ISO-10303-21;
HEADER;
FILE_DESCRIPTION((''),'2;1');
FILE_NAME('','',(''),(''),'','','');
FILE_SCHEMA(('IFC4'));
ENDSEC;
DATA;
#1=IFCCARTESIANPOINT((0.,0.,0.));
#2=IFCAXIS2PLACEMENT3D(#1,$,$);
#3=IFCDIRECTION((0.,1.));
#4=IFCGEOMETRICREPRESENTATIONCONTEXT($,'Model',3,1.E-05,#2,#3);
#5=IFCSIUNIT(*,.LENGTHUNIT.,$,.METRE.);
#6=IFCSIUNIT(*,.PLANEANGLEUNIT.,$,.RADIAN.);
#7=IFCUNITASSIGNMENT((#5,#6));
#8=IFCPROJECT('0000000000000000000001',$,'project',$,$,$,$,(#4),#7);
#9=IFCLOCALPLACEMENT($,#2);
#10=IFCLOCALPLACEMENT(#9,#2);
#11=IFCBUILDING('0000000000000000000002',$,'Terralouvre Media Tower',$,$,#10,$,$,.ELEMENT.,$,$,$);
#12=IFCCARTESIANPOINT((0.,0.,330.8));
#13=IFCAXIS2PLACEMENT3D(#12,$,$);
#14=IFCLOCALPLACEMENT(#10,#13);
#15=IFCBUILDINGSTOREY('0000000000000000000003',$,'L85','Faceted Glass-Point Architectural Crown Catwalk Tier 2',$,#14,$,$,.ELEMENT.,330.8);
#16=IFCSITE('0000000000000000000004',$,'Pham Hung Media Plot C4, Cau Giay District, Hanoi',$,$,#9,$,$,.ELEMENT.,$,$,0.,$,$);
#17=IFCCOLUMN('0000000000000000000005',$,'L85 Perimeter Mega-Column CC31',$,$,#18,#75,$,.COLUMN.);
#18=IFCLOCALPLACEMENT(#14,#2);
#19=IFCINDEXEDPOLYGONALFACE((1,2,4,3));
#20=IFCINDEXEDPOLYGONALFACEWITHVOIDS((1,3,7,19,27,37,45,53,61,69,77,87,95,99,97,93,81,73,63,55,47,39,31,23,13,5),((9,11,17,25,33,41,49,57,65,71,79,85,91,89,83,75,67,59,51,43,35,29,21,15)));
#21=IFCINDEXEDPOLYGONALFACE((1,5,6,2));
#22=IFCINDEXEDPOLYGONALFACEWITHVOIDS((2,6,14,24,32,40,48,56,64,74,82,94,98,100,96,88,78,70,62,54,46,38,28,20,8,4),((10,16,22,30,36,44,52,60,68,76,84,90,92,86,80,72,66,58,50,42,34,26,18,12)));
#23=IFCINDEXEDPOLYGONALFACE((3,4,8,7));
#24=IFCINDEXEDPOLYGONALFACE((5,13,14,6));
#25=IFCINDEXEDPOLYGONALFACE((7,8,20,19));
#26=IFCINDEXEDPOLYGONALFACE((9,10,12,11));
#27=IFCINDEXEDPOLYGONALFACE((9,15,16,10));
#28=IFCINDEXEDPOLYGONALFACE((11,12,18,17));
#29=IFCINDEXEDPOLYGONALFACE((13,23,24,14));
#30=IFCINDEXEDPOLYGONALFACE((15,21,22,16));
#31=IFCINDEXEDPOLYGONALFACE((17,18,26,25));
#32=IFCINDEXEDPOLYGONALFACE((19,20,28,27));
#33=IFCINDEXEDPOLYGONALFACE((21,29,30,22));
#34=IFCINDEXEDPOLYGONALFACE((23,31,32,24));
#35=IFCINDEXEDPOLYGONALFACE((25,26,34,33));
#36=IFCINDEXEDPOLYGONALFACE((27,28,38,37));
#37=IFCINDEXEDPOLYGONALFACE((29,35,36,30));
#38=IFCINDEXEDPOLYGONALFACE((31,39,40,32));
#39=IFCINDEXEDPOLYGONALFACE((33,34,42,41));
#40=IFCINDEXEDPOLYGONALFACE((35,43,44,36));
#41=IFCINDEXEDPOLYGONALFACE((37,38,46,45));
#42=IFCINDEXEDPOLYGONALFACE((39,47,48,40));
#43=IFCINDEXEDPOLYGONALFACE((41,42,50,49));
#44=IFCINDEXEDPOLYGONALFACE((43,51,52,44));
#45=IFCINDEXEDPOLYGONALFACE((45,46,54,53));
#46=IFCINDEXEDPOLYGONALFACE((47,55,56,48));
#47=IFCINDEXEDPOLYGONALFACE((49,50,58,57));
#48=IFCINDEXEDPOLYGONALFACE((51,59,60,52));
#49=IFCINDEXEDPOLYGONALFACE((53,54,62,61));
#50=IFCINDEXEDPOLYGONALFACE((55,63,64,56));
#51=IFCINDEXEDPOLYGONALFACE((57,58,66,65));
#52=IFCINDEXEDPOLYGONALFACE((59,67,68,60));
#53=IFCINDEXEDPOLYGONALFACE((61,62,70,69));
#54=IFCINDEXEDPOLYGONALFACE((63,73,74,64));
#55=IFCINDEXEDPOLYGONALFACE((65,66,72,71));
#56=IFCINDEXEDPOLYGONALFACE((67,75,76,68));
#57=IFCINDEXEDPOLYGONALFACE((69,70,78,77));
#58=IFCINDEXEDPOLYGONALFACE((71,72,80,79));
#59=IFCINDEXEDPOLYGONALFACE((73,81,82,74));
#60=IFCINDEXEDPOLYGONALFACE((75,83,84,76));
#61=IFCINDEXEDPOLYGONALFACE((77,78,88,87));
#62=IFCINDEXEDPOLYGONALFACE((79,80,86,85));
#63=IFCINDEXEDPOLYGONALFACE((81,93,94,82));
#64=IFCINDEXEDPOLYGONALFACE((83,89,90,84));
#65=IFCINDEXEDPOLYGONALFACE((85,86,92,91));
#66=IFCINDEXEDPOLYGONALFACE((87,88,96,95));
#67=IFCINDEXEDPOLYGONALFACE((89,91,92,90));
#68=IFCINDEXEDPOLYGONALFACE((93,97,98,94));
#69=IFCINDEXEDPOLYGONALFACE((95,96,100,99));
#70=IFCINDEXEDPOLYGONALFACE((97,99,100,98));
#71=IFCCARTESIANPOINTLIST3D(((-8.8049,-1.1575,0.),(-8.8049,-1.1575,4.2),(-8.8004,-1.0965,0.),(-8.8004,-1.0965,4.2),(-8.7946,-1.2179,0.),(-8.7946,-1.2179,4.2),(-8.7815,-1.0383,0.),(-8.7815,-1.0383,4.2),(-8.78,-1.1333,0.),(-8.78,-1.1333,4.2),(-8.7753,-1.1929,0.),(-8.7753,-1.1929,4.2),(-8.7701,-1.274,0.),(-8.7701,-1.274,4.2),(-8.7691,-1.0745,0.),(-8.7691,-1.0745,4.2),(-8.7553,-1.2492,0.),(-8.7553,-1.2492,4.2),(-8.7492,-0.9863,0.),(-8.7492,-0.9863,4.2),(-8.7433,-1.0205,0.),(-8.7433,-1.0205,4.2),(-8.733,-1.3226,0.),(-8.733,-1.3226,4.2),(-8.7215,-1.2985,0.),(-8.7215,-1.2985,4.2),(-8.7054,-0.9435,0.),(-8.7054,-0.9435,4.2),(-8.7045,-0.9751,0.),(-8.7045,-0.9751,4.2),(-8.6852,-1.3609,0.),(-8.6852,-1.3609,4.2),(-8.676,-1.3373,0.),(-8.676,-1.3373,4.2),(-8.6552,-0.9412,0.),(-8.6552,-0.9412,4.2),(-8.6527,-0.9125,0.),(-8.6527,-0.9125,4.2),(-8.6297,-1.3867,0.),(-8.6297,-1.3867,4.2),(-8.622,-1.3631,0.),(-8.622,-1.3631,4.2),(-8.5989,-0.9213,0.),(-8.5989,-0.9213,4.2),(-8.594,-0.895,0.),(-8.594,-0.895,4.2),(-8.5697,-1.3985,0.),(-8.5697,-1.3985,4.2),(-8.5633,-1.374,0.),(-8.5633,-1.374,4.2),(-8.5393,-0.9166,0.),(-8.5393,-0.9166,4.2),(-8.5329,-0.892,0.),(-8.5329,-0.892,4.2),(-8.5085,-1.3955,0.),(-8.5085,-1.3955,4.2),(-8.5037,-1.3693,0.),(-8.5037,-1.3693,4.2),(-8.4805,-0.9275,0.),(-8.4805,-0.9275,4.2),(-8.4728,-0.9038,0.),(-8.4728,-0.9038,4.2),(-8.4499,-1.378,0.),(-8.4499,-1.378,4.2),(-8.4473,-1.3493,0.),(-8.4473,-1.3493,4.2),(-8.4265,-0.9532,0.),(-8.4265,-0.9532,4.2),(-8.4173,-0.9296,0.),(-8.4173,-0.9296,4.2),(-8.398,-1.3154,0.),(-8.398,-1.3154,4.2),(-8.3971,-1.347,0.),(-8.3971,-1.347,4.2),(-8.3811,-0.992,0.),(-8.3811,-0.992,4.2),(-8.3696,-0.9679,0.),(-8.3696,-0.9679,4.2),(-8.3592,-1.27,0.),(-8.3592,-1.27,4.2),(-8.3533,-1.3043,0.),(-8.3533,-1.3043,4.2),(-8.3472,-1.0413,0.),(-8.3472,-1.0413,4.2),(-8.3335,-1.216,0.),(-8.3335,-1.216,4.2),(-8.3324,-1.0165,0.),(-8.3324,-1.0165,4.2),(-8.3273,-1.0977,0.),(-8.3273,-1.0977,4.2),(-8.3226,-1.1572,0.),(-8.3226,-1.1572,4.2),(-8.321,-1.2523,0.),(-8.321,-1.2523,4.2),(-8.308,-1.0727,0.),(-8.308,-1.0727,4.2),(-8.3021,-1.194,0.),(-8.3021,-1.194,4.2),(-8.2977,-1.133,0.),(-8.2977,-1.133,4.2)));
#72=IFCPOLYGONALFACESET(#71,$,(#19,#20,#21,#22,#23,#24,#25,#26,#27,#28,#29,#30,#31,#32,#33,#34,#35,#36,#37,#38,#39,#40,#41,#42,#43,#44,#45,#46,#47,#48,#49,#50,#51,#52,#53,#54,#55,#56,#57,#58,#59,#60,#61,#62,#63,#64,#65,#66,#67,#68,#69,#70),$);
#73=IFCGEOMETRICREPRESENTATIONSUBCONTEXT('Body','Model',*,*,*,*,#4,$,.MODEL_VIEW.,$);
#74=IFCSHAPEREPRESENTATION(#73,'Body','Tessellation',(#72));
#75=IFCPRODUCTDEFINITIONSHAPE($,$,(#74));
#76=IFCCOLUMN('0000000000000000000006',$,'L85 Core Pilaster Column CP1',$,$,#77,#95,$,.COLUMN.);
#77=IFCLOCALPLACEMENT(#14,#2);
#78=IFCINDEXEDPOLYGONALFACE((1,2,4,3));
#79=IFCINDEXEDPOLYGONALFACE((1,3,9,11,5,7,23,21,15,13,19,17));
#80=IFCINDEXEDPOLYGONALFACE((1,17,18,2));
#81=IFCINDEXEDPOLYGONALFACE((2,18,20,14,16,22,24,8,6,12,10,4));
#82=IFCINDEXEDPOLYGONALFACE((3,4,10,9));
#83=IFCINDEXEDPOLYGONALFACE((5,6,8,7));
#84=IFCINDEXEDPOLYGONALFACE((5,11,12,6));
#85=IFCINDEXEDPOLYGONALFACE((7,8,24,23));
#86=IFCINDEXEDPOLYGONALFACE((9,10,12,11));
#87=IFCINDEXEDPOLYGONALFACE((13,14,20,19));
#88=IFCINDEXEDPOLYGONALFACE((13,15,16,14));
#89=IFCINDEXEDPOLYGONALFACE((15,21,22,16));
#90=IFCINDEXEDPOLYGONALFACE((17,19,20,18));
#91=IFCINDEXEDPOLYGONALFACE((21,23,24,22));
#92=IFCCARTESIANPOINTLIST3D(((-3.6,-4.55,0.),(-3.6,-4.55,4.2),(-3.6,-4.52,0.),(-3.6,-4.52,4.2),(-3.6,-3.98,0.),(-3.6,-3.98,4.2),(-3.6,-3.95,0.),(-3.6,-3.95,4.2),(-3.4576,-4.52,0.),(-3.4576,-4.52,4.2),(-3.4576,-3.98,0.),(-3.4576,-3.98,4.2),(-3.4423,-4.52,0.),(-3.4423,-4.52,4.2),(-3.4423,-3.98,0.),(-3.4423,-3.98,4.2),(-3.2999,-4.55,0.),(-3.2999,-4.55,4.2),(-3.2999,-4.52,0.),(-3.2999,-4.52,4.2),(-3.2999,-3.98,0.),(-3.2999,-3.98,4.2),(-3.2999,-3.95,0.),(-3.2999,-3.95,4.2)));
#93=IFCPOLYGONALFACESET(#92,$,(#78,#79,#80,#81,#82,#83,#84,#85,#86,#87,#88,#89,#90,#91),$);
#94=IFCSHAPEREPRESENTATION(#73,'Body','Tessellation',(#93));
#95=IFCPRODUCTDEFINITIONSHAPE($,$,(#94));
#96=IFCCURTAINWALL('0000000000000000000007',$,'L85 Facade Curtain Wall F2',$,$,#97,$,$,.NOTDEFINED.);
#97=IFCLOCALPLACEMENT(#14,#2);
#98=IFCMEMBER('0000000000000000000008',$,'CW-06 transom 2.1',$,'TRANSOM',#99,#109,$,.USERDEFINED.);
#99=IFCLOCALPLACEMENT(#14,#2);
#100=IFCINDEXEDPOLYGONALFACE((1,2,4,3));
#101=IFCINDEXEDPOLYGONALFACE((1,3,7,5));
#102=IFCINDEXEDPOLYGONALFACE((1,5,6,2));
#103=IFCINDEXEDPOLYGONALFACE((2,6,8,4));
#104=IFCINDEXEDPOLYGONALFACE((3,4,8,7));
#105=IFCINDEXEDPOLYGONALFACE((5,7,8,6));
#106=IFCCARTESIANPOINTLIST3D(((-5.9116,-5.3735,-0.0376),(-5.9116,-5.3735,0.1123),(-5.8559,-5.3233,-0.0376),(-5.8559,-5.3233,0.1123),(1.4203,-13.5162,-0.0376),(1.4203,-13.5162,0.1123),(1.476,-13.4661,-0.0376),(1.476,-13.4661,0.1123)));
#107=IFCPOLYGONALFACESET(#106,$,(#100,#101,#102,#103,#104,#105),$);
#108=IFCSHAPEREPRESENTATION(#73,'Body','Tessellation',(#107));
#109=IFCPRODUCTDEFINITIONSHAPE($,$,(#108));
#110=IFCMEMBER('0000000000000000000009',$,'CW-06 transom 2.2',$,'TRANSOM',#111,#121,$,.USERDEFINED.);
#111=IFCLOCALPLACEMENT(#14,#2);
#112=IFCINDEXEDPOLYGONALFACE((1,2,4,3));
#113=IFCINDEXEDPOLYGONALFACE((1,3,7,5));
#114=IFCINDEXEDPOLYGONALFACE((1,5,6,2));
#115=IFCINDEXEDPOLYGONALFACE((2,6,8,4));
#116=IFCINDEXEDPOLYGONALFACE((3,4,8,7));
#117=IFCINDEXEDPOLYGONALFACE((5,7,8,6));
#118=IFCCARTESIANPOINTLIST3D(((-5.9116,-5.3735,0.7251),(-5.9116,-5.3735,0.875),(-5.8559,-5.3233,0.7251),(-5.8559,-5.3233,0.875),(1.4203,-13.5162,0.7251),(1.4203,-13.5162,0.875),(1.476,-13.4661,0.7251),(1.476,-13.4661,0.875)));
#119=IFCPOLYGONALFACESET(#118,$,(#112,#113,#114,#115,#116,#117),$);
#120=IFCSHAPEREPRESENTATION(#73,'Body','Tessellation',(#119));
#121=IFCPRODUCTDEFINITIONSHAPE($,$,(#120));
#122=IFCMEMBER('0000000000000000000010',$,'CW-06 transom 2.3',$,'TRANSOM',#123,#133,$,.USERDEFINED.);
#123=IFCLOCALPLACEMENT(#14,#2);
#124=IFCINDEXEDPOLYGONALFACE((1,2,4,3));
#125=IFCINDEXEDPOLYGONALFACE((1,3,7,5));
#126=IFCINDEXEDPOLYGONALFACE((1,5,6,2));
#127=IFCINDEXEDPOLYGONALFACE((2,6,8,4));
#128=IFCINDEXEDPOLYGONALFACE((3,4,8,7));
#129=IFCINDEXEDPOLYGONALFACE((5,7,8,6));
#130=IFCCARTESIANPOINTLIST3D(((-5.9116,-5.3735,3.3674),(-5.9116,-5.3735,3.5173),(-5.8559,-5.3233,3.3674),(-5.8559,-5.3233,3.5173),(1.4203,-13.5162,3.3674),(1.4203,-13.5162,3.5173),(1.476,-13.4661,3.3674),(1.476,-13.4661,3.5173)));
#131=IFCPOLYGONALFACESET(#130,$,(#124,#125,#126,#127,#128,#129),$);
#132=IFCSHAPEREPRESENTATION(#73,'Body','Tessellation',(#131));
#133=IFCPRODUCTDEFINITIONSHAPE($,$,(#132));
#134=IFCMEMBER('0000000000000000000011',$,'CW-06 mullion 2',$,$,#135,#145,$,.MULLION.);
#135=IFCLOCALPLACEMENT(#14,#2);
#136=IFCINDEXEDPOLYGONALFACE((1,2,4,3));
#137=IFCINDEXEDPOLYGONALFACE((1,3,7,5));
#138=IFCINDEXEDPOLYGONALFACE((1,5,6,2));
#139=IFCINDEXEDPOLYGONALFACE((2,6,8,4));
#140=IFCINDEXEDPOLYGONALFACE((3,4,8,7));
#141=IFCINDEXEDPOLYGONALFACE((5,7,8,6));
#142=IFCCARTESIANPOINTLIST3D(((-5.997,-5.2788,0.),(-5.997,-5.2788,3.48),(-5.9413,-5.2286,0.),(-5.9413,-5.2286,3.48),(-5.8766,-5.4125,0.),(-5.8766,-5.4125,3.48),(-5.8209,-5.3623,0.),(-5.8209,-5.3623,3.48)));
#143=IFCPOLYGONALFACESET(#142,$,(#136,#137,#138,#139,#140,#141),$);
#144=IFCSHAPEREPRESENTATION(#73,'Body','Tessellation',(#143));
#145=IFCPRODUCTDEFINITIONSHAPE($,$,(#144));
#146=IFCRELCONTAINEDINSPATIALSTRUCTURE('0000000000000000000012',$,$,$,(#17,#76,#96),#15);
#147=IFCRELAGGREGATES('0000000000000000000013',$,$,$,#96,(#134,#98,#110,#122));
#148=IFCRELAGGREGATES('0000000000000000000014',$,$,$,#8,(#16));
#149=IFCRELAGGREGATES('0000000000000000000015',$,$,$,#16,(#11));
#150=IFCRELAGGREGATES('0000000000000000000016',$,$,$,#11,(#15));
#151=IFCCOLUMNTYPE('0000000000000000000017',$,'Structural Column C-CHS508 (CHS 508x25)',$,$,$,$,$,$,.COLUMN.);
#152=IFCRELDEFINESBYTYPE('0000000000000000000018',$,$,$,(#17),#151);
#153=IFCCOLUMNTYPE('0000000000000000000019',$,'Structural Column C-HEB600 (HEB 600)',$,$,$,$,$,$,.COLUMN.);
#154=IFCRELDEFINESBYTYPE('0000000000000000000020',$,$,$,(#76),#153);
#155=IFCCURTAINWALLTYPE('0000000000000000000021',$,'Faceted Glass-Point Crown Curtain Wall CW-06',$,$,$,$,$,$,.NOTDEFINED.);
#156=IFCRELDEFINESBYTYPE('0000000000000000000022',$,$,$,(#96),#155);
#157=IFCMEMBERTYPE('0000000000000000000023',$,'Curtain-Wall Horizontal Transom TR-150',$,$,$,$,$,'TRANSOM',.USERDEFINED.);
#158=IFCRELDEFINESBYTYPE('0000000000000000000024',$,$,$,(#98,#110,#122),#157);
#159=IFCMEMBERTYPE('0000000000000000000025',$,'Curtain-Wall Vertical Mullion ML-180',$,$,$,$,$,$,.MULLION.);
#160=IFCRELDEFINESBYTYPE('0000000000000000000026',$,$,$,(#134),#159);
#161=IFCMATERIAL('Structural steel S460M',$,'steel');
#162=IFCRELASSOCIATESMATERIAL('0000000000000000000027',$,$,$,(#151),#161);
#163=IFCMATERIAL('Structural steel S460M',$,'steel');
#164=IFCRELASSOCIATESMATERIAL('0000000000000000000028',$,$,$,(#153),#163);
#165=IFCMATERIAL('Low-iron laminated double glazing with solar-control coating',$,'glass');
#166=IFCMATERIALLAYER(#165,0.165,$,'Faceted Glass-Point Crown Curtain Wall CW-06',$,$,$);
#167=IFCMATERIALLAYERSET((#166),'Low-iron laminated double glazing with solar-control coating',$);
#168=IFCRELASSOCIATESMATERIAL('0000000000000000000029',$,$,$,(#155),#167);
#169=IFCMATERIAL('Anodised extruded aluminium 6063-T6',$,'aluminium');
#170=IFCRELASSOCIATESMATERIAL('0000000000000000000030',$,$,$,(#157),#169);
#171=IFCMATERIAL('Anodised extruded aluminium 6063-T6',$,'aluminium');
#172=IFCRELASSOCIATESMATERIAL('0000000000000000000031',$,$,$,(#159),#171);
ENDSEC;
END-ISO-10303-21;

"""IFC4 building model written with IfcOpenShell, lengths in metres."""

from ifc_helpers import new_model, si_unit, direction, frame, origin, origin_2d, place, context, subcontext, project, spatial, rectangle, hollow_circle, i_section, extrude, material, layer, layer_set, material_profile, profile_set, type_object, element, aggregate, save


model = new_model("IFC4")

# Units and contexts
model_context = context("Model", 3, precision=1e-05, world=origin(), true_north=direction((0.0, 1.0)))
body_context = subcontext(model_context, "Body", "Model", "MODEL_VIEW")
ifc_project = project(units=[si_unit("LENGTHUNIT", "METRE"), si_unit("PLANEANGLEUNIT", "RADIAN")], contexts=[model_context])

# Site, building, storey
site_placement = place(None, origin())
site = spatial("IfcSite", under=ifc_project, at=site_placement, Name="Pham Hung Media Plot C4, Cau Giay District, Hanoi", CompositionType="ELEMENT", RefElevation=0.0)
building_placement = place(site_placement, origin())
building = spatial("IfcBuilding", under=site, at=building_placement, Name="Terralouvre Media Tower", CompositionType="ELEMENT")
storey_placement = place(building_placement, frame((0.0, 0.0, 330.8)))
storey = spatial("IfcBuildingStorey", under=building, at=storey_placement, Name="L85", Description="Faceted Glass-Point Architectural Crown Catwalk Tier 2", CompositionType="ELEMENT", Elevation=330.8)

# Columns
ifc_material_1 = material(Name="Structural steel S460M", Category="steel")
ifc_material_profile_1 = material_profile(ifc_material_1, hollow_circle(Radius=0.2539, WallThickness=0.0249, at=origin_2d()), Name="CHS 508x25")
ifc_profile_set_1 = profile_set([ifc_material_profile_1], Name="Structural steel S460M")
column_type_1 = type_object("IfcColumnType", Name="Structural Column C-CHS508 (CHS 508x25)", PredefinedType="COLUMN", material=ifc_profile_set_1)
column_1_placement = place(storey_placement, frame((-8.5513, -1.1453, 0.0), z_axis=(0.0, 0.0, 1.0), x_axis=(0.309017, 0.951057, 0.0)))
element("IfcColumn", 1, at=column_1_placement, inside=storey, type_object=column_type_1, Name="L85 Perimeter Mega-Column CC31", PredefinedType="COLUMN", context=body_context, shape_type="SweptSolid", body=[
    extrude(hollow_circle(Radius=0.2539, WallThickness=0.0249, at=origin_2d()), origin(), (0.0, 0.0, 1.0), 4.2),
])
ifc_material_2 = material(Name="Structural steel S460M", Category="steel")
ifc_material_profile_2 = material_profile(ifc_material_2, i_section(OverallWidth=0.3, OverallDepth=0.6001, WebThickness=0.0154, FlangeThickness=0.03, at=origin_2d()), Name="HEB 600")
ifc_profile_set_2 = profile_set([ifc_material_profile_2], Name="Structural steel S460M")
column_type_2 = type_object("IfcColumnType", Name="Structural Column C-HEB600 (HEB 600)", PredefinedType="COLUMN", material=ifc_profile_set_2)
column_2_placement = place(storey_placement, frame((-3.45, -4.25, 0.0), z_axis=(0.0, 0.0, 1.0), x_axis=(1.0, 0.0, 0.0)))
element("IfcColumn", 2, at=column_2_placement, inside=storey, type_object=column_type_2, Name="L85 Core Pilaster Column CP1", PredefinedType="COLUMN", context=body_context, shape_type="SweptSolid", body=[
    extrude(i_section(OverallWidth=0.3, OverallDepth=0.6001, WebThickness=0.0154, FlangeThickness=0.03, at=origin_2d()), origin(), (0.0, 0.0, 1.0), 4.2),
])

# Curtain wall, members
ifc_material_3 = material(Name="Low-iron laminated double glazing with solar-control coating", Category="glass")
ifc_layer_1 = layer(ifc_material_3, 0.165, Name="Faceted Glass-Point Crown Curtain Wall CW-06")
ifc_layer_set_1 = layer_set([ifc_layer_1], Name="Low-iron laminated double glazing with solar-control coating")
curtain_wall_type = type_object("IfcCurtainWallType", Name="Faceted Glass-Point Crown Curtain Wall CW-06", PredefinedType="NOTDEFINED", material=ifc_layer_set_1)
curtain_wall_placement = place(storey_placement, origin())
curtain_wall = element("IfcCurtainWall", 3, at=curtain_wall_placement, inside=storey, type_object=curtain_wall_type, Name="L85 Facade Curtain Wall F2", PredefinedType="NOTDEFINED")
ifc_material_4 = material(Name="Anodised extruded aluminium 6063-T6", Category="aluminium")
ifc_material_profile_3 = material_profile(ifc_material_4, rectangle(XDim=0.075, YDim=0.1499, at=origin_2d()), Name="ALU 75x150")
ifc_profile_set_3 = profile_set([ifc_material_profile_3], Name="Anodised extruded aluminium 6063-T6")
member_type_1 = type_object("IfcMemberType", Name="Curtain-Wall Horizontal Transom TR-150", ElementType="TRANSOM", PredefinedType="USERDEFINED", material=ifc_profile_set_3)
member_1_placement = place(storey_placement, frame((-5.8838, -5.3484, 0.0374), z_axis=(0.669141, -0.743136, 0.0), x_axis=(0.743136, 0.669141, 0.0)))
member_1 = element("IfcMember", 4, at=member_1_placement, type_object=member_type_1, Name="CW-06 transom 2.1", ObjectType="TRANSOM", PredefinedType="USERDEFINED", context=body_context, shape_type="SweptSolid", body=[
    extrude(rectangle(XDim=0.075, YDim=0.1499, at=origin_2d()), origin(), (0.0, 0.0, 1.0), 10.9573),
])
member_2_placement = place(storey_placement, frame((-5.8838, -5.3484, 0.8), z_axis=(0.669141, -0.743136, 0.0), x_axis=(0.743136, 0.669141, 0.0)))
member_2 = element("IfcMember", 5, at=member_2_placement, type_object=member_type_1, Name="CW-06 transom 2.2", ObjectType="TRANSOM", PredefinedType="USERDEFINED", context=body_context, shape_type="SweptSolid", body=[
    extrude(rectangle(XDim=0.075, YDim=0.1499, at=origin_2d()), origin(), (0.0, 0.0, 1.0), 10.9573),
])
member_3_placement = place(storey_placement, frame((-5.8838, -5.3484, 3.4424), z_axis=(0.669141, -0.743136, 0.0), x_axis=(0.743136, 0.669141, 0.0)))
member_3 = element("IfcMember", 6, at=member_3_placement, type_object=member_type_1, Name="CW-06 transom 2.3", ObjectType="TRANSOM", PredefinedType="USERDEFINED", context=body_context, shape_type="SweptSolid", body=[
    extrude(rectangle(XDim=0.075, YDim=0.1499, at=origin_2d()), origin(), (0.0, 0.0, 1.0), 10.9573),
])
ifc_material_5 = material(Name="Anodised extruded aluminium 6063-T6", Category="aluminium")
ifc_material_profile_4 = material_profile(ifc_material_5, rectangle(XDim=0.075, YDim=0.1799, at=origin_2d()), Name="ALU 75x180")
ifc_profile_set_4 = profile_set([ifc_material_profile_4], Name="Anodised extruded aluminium 6063-T6")
member_type_2 = type_object("IfcMemberType", Name="Curtain-Wall Vertical Mullion ML-180", PredefinedType="MULLION", material=ifc_profile_set_4)
member_4_placement = place(storey_placement, frame((-5.9089, -5.3206, 0.0), z_axis=(0.0, 0.0, 1.0), x_axis=(0.743145, 0.66913, 0.0)))
member_4 = element("IfcMember", 7, at=member_4_placement, type_object=member_type_2, Name="CW-06 mullion 2", PredefinedType="MULLION", context=body_context, shape_type="SweptSolid", body=[
    extrude(rectangle(XDim=0.075, YDim=0.1799, at=origin_2d()), origin(), (0.0, 0.0, 1.0), 3.48),
])

aggregate(curtain_wall, [member_4, member_1, member_2, member_3])

save(model, "model.ifc")
